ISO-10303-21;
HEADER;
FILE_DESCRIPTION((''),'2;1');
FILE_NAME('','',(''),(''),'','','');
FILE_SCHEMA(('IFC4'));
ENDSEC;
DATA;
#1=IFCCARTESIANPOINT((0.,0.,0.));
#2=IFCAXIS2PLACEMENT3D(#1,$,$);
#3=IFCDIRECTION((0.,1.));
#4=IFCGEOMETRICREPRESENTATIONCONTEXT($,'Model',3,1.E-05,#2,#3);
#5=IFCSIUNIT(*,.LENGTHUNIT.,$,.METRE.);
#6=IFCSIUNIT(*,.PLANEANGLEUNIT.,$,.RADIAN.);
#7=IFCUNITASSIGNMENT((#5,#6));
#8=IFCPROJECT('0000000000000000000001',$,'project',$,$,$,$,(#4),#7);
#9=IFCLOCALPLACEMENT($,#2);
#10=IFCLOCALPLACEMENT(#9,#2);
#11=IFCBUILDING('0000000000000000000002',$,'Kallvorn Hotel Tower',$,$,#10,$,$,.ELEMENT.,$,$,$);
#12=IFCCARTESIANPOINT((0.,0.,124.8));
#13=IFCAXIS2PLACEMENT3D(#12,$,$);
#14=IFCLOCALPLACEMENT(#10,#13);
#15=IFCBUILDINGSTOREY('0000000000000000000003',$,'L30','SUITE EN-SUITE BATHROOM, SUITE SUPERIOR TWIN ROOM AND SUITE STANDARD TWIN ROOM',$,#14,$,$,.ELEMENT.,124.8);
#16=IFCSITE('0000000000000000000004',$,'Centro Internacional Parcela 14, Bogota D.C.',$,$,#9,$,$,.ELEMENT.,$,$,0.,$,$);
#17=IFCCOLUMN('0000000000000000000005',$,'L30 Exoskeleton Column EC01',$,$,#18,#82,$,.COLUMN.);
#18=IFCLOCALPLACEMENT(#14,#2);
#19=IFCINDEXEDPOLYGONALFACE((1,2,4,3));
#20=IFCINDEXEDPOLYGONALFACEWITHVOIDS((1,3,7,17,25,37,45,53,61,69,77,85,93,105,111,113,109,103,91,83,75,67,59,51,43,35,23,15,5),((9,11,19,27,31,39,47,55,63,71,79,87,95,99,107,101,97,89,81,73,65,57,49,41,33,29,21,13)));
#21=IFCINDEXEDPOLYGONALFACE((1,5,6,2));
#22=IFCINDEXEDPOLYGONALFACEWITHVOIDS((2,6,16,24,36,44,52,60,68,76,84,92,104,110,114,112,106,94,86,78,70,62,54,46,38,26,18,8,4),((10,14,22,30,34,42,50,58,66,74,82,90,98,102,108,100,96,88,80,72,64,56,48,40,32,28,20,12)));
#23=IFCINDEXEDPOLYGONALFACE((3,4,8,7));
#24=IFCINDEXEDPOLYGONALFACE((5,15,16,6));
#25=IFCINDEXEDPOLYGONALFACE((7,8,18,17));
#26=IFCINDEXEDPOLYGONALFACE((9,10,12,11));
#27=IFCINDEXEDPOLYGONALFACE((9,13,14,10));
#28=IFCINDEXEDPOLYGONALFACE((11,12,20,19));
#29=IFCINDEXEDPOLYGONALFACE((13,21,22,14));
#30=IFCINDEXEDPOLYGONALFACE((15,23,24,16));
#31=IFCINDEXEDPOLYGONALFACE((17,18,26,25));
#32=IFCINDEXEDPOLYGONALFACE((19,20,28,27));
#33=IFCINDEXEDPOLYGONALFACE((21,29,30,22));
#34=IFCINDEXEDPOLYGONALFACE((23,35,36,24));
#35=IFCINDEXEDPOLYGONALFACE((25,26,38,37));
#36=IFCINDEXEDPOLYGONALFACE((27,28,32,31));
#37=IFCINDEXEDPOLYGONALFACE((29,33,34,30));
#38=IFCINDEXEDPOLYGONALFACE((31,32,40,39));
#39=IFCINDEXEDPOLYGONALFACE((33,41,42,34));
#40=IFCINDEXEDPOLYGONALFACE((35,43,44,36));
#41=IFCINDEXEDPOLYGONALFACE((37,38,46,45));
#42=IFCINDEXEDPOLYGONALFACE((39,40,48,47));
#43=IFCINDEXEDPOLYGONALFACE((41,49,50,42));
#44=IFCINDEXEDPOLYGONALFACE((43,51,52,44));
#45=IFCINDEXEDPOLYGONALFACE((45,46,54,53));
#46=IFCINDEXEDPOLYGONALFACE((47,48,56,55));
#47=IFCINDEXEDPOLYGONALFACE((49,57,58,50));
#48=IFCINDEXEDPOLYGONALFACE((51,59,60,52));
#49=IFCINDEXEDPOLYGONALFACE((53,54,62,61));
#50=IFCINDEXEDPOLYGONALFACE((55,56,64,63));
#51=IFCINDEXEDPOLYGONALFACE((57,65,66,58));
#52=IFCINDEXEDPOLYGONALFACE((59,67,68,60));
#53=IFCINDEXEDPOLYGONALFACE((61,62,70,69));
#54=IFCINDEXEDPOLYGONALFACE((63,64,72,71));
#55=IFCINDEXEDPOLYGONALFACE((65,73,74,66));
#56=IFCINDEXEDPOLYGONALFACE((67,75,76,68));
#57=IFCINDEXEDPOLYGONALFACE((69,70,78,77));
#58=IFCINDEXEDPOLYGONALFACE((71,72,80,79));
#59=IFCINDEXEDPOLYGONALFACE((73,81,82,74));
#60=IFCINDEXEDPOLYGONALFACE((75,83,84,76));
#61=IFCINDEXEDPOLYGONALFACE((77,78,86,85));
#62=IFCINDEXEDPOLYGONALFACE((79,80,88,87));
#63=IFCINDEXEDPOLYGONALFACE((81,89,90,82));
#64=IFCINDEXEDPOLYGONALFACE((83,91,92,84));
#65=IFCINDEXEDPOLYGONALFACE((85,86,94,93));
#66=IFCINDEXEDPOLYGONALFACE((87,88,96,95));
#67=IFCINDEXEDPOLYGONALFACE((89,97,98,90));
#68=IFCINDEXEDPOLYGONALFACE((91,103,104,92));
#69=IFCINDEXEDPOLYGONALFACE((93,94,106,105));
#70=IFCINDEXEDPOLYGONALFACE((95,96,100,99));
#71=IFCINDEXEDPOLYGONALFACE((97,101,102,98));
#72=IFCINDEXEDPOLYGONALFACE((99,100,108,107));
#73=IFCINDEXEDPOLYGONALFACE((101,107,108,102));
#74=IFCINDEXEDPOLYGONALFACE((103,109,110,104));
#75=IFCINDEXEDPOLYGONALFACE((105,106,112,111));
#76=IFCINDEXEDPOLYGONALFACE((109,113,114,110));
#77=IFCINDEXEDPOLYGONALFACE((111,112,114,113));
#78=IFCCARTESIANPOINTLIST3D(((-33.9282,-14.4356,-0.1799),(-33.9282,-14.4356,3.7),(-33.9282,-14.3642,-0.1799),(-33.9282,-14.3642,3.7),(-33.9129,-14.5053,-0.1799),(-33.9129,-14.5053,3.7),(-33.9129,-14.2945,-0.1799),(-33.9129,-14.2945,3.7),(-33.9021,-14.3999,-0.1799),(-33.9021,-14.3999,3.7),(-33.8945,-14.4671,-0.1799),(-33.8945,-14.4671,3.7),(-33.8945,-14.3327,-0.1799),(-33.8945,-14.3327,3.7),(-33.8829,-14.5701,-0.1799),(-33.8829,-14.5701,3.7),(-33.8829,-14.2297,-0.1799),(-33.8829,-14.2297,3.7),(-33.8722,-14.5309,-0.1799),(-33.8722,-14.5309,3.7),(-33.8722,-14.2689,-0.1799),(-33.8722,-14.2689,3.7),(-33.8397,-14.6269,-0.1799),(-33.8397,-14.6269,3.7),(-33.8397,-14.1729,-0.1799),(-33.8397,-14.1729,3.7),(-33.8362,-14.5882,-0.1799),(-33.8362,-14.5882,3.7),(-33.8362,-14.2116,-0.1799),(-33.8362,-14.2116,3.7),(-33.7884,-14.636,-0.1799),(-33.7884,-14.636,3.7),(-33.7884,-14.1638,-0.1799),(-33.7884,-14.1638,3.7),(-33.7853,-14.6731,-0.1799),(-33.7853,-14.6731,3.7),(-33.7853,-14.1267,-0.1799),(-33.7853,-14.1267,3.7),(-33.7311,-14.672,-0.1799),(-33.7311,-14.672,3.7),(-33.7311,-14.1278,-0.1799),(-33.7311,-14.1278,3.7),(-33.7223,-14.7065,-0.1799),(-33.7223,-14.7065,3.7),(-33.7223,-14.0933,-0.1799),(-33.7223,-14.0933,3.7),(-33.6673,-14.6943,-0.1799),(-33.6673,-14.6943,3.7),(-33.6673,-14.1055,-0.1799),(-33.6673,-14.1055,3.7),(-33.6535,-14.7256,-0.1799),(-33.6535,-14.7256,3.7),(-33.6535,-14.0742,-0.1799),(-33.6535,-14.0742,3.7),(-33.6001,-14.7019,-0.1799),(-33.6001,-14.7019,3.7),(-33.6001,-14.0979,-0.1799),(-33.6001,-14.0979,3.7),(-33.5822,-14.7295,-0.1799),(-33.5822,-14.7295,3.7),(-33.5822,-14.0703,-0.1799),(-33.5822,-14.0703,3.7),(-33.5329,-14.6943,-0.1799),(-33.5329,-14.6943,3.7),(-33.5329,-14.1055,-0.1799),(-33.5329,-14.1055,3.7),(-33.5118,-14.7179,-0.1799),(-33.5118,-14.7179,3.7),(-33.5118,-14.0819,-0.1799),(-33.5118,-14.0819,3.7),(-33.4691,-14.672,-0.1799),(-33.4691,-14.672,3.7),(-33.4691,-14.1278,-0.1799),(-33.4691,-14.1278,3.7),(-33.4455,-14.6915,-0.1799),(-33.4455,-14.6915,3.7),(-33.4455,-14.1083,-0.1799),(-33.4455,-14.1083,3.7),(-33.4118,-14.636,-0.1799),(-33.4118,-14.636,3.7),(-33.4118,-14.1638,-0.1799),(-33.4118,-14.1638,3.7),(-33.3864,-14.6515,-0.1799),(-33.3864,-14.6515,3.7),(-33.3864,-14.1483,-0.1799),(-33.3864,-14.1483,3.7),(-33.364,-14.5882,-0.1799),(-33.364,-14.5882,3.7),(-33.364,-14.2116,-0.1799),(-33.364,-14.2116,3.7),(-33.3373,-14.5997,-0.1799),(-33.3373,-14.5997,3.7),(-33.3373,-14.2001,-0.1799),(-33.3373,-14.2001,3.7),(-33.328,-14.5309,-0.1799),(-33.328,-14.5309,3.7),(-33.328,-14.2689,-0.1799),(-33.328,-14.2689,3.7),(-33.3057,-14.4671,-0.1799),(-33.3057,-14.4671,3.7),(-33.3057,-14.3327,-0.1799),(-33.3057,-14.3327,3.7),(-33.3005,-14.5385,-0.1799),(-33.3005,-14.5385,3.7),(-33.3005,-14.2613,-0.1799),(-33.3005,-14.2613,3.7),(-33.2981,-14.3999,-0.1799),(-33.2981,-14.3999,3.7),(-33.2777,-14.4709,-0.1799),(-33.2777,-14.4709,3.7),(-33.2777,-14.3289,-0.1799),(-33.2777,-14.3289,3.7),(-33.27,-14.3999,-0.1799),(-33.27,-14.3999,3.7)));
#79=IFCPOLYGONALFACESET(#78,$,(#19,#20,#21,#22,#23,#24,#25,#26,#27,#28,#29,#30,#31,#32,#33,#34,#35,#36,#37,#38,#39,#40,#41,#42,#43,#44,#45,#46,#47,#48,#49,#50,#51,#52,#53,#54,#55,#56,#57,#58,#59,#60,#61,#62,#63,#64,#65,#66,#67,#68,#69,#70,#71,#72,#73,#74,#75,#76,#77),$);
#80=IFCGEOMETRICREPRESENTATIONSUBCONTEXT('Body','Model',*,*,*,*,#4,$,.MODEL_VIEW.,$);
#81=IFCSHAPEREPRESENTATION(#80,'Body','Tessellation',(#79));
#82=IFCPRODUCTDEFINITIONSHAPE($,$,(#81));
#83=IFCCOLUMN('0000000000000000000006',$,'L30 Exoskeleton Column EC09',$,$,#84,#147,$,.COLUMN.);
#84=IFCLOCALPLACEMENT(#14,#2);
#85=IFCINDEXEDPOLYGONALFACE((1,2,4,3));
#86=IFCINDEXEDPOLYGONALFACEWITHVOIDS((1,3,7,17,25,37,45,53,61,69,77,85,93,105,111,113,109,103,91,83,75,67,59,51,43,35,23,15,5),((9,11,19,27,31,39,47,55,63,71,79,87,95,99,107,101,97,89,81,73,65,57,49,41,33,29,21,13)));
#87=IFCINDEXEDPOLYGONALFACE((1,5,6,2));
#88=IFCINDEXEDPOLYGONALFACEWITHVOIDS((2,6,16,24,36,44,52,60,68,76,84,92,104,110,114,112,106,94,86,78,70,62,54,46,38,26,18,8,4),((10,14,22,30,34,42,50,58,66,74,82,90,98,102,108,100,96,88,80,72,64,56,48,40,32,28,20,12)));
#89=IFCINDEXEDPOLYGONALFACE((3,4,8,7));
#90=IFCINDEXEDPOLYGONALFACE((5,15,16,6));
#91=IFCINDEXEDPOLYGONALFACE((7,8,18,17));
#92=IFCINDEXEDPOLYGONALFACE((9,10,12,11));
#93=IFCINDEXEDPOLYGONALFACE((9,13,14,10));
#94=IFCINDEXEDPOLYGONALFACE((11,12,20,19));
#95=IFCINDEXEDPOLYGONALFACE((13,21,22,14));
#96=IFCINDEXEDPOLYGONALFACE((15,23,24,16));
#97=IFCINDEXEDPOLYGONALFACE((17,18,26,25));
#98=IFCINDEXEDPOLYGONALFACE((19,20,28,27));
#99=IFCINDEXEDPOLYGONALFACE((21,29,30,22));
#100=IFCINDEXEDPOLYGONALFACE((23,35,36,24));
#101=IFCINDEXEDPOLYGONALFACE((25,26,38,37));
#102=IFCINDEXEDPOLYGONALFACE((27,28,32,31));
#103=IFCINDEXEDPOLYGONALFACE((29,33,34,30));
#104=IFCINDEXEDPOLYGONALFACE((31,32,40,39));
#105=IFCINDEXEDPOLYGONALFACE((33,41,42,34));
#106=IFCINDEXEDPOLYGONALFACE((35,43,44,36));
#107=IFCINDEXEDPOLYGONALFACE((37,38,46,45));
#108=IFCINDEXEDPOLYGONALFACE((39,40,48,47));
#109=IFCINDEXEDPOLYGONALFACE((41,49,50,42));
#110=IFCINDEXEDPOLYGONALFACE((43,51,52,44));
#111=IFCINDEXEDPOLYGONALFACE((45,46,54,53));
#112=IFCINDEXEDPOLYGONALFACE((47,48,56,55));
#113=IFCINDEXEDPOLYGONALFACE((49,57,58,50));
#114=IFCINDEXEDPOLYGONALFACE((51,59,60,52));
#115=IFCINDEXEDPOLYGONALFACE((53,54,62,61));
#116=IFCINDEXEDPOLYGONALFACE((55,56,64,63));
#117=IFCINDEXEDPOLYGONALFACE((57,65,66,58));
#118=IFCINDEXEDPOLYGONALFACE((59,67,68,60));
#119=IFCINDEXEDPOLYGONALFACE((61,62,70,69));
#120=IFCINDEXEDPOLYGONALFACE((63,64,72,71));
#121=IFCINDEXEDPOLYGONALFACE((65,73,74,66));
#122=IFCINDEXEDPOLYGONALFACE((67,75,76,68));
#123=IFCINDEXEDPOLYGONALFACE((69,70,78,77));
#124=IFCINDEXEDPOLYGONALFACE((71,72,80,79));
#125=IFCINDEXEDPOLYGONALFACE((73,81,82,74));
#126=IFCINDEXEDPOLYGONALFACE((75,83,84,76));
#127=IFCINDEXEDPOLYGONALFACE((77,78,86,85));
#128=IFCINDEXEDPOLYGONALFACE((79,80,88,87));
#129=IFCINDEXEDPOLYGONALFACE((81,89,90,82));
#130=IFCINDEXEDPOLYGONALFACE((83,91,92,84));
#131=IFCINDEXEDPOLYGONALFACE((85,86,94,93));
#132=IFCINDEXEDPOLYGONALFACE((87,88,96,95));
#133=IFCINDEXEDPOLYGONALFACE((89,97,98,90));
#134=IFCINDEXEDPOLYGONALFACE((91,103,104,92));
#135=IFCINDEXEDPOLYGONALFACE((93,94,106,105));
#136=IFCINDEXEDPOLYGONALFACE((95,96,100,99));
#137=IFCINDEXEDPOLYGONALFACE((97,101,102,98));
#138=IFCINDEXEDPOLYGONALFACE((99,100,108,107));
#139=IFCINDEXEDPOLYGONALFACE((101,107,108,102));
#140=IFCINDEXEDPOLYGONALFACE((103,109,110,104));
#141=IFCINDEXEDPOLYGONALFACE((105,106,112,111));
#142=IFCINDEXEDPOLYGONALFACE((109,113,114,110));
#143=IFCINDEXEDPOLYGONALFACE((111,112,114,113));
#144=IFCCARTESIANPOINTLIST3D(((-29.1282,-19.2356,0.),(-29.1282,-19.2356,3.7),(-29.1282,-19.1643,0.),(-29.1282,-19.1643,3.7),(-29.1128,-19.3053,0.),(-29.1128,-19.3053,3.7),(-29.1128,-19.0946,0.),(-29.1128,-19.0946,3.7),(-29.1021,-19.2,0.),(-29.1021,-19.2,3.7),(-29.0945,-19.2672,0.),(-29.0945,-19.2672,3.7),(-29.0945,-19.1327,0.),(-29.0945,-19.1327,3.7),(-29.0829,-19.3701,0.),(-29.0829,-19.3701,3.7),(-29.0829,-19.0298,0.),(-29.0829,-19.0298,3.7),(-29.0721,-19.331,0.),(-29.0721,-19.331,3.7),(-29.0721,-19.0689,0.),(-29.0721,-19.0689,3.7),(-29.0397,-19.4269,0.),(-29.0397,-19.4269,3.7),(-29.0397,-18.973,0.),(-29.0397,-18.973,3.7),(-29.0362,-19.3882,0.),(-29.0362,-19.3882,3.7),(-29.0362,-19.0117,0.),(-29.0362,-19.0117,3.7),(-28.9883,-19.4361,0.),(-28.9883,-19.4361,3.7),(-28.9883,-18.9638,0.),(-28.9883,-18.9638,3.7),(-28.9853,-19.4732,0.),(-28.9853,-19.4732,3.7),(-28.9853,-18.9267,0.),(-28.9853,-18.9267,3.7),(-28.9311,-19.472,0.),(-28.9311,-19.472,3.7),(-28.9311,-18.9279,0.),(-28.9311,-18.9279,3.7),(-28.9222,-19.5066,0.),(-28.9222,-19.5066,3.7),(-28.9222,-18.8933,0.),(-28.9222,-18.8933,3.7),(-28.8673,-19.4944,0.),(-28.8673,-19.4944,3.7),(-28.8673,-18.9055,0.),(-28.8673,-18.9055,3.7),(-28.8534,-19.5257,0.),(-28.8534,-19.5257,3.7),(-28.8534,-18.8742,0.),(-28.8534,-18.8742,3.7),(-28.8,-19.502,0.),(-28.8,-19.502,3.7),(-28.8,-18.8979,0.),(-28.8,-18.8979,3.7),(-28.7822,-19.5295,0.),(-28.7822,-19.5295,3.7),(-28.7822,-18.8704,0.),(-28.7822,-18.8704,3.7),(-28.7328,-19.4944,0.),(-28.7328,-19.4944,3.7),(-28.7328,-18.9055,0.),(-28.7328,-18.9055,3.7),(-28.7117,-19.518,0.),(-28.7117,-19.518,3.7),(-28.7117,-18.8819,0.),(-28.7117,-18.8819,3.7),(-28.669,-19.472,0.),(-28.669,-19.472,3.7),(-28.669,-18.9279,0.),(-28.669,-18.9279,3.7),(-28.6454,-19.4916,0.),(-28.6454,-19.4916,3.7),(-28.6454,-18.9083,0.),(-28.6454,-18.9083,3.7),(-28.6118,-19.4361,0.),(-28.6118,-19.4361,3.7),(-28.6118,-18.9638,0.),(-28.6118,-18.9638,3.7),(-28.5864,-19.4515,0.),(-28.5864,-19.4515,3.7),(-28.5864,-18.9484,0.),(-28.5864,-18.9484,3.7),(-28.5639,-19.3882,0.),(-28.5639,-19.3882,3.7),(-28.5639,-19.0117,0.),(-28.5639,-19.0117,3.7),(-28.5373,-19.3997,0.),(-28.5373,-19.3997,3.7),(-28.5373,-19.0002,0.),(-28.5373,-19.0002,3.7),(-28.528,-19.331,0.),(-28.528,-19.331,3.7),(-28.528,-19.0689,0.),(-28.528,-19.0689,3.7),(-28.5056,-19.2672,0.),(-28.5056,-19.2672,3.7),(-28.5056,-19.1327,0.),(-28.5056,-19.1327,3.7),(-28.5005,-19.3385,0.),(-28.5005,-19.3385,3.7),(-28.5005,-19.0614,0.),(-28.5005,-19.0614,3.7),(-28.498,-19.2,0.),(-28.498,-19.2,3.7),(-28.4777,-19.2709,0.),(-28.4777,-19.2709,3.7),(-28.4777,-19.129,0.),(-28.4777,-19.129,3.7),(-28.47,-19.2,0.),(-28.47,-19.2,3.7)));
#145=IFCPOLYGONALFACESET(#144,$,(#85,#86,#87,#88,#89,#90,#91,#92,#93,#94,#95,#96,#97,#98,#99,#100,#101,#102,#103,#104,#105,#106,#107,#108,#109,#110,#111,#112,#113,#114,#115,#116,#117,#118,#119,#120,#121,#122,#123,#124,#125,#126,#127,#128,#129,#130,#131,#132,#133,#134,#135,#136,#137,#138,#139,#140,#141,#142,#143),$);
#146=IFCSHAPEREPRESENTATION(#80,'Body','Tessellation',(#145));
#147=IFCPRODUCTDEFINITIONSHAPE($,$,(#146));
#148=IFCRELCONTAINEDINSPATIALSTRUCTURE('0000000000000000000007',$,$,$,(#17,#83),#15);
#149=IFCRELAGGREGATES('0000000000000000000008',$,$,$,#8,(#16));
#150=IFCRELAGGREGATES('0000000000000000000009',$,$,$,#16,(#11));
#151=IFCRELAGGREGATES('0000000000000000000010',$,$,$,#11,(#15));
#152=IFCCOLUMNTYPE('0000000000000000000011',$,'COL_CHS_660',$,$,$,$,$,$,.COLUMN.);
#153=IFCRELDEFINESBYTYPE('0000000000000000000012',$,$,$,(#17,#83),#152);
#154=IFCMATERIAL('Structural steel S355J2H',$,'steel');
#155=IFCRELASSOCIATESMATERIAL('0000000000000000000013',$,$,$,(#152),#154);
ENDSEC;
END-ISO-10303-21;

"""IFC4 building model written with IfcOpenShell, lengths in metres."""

from ifc_helpers import new_model, si_unit, direction, frame, origin, origin_2d, place, context, subcontext, project, spatial, hollow_circle, extrude, material, material_profile, profile_set, type_object, element, save


model = new_model("IFC4")

# Units and contexts
model_context = context("Model", 3, precision=1e-05, world=origin(), true_north=direction((0.0, 1.0)))
body_context = subcontext(model_context, "Body", "Model", "MODEL_VIEW")
ifc_project = project(units=[si_unit("LENGTHUNIT", "METRE"), si_unit("PLANEANGLEUNIT", "RADIAN")], contexts=[model_context])

# Site, building, storey
site_placement = place(None, origin())
site = spatial("IfcSite", under=ifc_project, at=site_placement, Name="Centro Internacional Parcela 14, Bogota D.C.", CompositionType="ELEMENT", RefElevation=0.0)
building_placement = place(site_placement, origin())
building = spatial("IfcBuilding", under=site, at=building_placement, Name="Kallvorn Hotel Tower", CompositionType="ELEMENT")
storey_placement = place(building_placement, frame((0.0, 0.0, 124.8)))
storey = spatial("IfcBuildingStorey", under=building, at=storey_placement, Name="L30", Description="SUITE EN-SUITE BATHROOM, SUITE SUPERIOR TWIN ROOM AND SUITE STANDARD TWIN ROOM", CompositionType="ELEMENT", Elevation=124.8)

# Columns
ifc_material_1 = material(Name="Structural steel S355J2H", Category="steel")
ifc_material_profile_1 = material_profile(ifc_material_1, hollow_circle(Radius=0.3301, WallThickness=0.0281, at=origin_2d()), Name="CHS 660x28")
ifc_profile_set_1 = profile_set([ifc_material_profile_1], Name="Structural steel S355J2H")
column_type_1 = type_object("IfcColumnType", Name="COL_CHS_660", PredefinedType="COLUMN", material=ifc_profile_set_1)
column_1_placement = place(storey_placement, frame((-33.6001, -14.3999, -0.1799), z_axis=(0.0, 0.0, 1.0), x_axis=(1.0, 0.0, 0.0)))
element("IfcColumn", 1, at=column_1_placement, inside=storey, type_object=column_type_1, Name="L30 Exoskeleton Column EC01", PredefinedType="COLUMN", context=body_context, shape_type="SweptSolid", body=[
    extrude(hollow_circle(Radius=0.3301, WallThickness=0.0281, at=origin_2d()), origin(), (0.0, 0.0, 1.0), 3.8799),
])
for number, where, z_axis, x_axis, name in (
    (2, (-28.8, -19.2, 0.0), (0.0, 0.0, 1.0), (1.0, 0.0, 0.0), "L30 Exoskeleton Column EC09"),
):
    element("IfcColumn", number, at=place(storey_placement, frame(where, z_axis=z_axis, x_axis=x_axis)), inside=storey, type_object=column_type_1, Name=name, PredefinedType="COLUMN", context=body_context, shape_type="SweptSolid", body=[
        extrude(hollow_circle(Radius=0.3301, WallThickness=0.0281, at=origin_2d()), origin(), (0.0, 0.0, 1.0), 3.7),
    ])

save(model, "model.ifc")
